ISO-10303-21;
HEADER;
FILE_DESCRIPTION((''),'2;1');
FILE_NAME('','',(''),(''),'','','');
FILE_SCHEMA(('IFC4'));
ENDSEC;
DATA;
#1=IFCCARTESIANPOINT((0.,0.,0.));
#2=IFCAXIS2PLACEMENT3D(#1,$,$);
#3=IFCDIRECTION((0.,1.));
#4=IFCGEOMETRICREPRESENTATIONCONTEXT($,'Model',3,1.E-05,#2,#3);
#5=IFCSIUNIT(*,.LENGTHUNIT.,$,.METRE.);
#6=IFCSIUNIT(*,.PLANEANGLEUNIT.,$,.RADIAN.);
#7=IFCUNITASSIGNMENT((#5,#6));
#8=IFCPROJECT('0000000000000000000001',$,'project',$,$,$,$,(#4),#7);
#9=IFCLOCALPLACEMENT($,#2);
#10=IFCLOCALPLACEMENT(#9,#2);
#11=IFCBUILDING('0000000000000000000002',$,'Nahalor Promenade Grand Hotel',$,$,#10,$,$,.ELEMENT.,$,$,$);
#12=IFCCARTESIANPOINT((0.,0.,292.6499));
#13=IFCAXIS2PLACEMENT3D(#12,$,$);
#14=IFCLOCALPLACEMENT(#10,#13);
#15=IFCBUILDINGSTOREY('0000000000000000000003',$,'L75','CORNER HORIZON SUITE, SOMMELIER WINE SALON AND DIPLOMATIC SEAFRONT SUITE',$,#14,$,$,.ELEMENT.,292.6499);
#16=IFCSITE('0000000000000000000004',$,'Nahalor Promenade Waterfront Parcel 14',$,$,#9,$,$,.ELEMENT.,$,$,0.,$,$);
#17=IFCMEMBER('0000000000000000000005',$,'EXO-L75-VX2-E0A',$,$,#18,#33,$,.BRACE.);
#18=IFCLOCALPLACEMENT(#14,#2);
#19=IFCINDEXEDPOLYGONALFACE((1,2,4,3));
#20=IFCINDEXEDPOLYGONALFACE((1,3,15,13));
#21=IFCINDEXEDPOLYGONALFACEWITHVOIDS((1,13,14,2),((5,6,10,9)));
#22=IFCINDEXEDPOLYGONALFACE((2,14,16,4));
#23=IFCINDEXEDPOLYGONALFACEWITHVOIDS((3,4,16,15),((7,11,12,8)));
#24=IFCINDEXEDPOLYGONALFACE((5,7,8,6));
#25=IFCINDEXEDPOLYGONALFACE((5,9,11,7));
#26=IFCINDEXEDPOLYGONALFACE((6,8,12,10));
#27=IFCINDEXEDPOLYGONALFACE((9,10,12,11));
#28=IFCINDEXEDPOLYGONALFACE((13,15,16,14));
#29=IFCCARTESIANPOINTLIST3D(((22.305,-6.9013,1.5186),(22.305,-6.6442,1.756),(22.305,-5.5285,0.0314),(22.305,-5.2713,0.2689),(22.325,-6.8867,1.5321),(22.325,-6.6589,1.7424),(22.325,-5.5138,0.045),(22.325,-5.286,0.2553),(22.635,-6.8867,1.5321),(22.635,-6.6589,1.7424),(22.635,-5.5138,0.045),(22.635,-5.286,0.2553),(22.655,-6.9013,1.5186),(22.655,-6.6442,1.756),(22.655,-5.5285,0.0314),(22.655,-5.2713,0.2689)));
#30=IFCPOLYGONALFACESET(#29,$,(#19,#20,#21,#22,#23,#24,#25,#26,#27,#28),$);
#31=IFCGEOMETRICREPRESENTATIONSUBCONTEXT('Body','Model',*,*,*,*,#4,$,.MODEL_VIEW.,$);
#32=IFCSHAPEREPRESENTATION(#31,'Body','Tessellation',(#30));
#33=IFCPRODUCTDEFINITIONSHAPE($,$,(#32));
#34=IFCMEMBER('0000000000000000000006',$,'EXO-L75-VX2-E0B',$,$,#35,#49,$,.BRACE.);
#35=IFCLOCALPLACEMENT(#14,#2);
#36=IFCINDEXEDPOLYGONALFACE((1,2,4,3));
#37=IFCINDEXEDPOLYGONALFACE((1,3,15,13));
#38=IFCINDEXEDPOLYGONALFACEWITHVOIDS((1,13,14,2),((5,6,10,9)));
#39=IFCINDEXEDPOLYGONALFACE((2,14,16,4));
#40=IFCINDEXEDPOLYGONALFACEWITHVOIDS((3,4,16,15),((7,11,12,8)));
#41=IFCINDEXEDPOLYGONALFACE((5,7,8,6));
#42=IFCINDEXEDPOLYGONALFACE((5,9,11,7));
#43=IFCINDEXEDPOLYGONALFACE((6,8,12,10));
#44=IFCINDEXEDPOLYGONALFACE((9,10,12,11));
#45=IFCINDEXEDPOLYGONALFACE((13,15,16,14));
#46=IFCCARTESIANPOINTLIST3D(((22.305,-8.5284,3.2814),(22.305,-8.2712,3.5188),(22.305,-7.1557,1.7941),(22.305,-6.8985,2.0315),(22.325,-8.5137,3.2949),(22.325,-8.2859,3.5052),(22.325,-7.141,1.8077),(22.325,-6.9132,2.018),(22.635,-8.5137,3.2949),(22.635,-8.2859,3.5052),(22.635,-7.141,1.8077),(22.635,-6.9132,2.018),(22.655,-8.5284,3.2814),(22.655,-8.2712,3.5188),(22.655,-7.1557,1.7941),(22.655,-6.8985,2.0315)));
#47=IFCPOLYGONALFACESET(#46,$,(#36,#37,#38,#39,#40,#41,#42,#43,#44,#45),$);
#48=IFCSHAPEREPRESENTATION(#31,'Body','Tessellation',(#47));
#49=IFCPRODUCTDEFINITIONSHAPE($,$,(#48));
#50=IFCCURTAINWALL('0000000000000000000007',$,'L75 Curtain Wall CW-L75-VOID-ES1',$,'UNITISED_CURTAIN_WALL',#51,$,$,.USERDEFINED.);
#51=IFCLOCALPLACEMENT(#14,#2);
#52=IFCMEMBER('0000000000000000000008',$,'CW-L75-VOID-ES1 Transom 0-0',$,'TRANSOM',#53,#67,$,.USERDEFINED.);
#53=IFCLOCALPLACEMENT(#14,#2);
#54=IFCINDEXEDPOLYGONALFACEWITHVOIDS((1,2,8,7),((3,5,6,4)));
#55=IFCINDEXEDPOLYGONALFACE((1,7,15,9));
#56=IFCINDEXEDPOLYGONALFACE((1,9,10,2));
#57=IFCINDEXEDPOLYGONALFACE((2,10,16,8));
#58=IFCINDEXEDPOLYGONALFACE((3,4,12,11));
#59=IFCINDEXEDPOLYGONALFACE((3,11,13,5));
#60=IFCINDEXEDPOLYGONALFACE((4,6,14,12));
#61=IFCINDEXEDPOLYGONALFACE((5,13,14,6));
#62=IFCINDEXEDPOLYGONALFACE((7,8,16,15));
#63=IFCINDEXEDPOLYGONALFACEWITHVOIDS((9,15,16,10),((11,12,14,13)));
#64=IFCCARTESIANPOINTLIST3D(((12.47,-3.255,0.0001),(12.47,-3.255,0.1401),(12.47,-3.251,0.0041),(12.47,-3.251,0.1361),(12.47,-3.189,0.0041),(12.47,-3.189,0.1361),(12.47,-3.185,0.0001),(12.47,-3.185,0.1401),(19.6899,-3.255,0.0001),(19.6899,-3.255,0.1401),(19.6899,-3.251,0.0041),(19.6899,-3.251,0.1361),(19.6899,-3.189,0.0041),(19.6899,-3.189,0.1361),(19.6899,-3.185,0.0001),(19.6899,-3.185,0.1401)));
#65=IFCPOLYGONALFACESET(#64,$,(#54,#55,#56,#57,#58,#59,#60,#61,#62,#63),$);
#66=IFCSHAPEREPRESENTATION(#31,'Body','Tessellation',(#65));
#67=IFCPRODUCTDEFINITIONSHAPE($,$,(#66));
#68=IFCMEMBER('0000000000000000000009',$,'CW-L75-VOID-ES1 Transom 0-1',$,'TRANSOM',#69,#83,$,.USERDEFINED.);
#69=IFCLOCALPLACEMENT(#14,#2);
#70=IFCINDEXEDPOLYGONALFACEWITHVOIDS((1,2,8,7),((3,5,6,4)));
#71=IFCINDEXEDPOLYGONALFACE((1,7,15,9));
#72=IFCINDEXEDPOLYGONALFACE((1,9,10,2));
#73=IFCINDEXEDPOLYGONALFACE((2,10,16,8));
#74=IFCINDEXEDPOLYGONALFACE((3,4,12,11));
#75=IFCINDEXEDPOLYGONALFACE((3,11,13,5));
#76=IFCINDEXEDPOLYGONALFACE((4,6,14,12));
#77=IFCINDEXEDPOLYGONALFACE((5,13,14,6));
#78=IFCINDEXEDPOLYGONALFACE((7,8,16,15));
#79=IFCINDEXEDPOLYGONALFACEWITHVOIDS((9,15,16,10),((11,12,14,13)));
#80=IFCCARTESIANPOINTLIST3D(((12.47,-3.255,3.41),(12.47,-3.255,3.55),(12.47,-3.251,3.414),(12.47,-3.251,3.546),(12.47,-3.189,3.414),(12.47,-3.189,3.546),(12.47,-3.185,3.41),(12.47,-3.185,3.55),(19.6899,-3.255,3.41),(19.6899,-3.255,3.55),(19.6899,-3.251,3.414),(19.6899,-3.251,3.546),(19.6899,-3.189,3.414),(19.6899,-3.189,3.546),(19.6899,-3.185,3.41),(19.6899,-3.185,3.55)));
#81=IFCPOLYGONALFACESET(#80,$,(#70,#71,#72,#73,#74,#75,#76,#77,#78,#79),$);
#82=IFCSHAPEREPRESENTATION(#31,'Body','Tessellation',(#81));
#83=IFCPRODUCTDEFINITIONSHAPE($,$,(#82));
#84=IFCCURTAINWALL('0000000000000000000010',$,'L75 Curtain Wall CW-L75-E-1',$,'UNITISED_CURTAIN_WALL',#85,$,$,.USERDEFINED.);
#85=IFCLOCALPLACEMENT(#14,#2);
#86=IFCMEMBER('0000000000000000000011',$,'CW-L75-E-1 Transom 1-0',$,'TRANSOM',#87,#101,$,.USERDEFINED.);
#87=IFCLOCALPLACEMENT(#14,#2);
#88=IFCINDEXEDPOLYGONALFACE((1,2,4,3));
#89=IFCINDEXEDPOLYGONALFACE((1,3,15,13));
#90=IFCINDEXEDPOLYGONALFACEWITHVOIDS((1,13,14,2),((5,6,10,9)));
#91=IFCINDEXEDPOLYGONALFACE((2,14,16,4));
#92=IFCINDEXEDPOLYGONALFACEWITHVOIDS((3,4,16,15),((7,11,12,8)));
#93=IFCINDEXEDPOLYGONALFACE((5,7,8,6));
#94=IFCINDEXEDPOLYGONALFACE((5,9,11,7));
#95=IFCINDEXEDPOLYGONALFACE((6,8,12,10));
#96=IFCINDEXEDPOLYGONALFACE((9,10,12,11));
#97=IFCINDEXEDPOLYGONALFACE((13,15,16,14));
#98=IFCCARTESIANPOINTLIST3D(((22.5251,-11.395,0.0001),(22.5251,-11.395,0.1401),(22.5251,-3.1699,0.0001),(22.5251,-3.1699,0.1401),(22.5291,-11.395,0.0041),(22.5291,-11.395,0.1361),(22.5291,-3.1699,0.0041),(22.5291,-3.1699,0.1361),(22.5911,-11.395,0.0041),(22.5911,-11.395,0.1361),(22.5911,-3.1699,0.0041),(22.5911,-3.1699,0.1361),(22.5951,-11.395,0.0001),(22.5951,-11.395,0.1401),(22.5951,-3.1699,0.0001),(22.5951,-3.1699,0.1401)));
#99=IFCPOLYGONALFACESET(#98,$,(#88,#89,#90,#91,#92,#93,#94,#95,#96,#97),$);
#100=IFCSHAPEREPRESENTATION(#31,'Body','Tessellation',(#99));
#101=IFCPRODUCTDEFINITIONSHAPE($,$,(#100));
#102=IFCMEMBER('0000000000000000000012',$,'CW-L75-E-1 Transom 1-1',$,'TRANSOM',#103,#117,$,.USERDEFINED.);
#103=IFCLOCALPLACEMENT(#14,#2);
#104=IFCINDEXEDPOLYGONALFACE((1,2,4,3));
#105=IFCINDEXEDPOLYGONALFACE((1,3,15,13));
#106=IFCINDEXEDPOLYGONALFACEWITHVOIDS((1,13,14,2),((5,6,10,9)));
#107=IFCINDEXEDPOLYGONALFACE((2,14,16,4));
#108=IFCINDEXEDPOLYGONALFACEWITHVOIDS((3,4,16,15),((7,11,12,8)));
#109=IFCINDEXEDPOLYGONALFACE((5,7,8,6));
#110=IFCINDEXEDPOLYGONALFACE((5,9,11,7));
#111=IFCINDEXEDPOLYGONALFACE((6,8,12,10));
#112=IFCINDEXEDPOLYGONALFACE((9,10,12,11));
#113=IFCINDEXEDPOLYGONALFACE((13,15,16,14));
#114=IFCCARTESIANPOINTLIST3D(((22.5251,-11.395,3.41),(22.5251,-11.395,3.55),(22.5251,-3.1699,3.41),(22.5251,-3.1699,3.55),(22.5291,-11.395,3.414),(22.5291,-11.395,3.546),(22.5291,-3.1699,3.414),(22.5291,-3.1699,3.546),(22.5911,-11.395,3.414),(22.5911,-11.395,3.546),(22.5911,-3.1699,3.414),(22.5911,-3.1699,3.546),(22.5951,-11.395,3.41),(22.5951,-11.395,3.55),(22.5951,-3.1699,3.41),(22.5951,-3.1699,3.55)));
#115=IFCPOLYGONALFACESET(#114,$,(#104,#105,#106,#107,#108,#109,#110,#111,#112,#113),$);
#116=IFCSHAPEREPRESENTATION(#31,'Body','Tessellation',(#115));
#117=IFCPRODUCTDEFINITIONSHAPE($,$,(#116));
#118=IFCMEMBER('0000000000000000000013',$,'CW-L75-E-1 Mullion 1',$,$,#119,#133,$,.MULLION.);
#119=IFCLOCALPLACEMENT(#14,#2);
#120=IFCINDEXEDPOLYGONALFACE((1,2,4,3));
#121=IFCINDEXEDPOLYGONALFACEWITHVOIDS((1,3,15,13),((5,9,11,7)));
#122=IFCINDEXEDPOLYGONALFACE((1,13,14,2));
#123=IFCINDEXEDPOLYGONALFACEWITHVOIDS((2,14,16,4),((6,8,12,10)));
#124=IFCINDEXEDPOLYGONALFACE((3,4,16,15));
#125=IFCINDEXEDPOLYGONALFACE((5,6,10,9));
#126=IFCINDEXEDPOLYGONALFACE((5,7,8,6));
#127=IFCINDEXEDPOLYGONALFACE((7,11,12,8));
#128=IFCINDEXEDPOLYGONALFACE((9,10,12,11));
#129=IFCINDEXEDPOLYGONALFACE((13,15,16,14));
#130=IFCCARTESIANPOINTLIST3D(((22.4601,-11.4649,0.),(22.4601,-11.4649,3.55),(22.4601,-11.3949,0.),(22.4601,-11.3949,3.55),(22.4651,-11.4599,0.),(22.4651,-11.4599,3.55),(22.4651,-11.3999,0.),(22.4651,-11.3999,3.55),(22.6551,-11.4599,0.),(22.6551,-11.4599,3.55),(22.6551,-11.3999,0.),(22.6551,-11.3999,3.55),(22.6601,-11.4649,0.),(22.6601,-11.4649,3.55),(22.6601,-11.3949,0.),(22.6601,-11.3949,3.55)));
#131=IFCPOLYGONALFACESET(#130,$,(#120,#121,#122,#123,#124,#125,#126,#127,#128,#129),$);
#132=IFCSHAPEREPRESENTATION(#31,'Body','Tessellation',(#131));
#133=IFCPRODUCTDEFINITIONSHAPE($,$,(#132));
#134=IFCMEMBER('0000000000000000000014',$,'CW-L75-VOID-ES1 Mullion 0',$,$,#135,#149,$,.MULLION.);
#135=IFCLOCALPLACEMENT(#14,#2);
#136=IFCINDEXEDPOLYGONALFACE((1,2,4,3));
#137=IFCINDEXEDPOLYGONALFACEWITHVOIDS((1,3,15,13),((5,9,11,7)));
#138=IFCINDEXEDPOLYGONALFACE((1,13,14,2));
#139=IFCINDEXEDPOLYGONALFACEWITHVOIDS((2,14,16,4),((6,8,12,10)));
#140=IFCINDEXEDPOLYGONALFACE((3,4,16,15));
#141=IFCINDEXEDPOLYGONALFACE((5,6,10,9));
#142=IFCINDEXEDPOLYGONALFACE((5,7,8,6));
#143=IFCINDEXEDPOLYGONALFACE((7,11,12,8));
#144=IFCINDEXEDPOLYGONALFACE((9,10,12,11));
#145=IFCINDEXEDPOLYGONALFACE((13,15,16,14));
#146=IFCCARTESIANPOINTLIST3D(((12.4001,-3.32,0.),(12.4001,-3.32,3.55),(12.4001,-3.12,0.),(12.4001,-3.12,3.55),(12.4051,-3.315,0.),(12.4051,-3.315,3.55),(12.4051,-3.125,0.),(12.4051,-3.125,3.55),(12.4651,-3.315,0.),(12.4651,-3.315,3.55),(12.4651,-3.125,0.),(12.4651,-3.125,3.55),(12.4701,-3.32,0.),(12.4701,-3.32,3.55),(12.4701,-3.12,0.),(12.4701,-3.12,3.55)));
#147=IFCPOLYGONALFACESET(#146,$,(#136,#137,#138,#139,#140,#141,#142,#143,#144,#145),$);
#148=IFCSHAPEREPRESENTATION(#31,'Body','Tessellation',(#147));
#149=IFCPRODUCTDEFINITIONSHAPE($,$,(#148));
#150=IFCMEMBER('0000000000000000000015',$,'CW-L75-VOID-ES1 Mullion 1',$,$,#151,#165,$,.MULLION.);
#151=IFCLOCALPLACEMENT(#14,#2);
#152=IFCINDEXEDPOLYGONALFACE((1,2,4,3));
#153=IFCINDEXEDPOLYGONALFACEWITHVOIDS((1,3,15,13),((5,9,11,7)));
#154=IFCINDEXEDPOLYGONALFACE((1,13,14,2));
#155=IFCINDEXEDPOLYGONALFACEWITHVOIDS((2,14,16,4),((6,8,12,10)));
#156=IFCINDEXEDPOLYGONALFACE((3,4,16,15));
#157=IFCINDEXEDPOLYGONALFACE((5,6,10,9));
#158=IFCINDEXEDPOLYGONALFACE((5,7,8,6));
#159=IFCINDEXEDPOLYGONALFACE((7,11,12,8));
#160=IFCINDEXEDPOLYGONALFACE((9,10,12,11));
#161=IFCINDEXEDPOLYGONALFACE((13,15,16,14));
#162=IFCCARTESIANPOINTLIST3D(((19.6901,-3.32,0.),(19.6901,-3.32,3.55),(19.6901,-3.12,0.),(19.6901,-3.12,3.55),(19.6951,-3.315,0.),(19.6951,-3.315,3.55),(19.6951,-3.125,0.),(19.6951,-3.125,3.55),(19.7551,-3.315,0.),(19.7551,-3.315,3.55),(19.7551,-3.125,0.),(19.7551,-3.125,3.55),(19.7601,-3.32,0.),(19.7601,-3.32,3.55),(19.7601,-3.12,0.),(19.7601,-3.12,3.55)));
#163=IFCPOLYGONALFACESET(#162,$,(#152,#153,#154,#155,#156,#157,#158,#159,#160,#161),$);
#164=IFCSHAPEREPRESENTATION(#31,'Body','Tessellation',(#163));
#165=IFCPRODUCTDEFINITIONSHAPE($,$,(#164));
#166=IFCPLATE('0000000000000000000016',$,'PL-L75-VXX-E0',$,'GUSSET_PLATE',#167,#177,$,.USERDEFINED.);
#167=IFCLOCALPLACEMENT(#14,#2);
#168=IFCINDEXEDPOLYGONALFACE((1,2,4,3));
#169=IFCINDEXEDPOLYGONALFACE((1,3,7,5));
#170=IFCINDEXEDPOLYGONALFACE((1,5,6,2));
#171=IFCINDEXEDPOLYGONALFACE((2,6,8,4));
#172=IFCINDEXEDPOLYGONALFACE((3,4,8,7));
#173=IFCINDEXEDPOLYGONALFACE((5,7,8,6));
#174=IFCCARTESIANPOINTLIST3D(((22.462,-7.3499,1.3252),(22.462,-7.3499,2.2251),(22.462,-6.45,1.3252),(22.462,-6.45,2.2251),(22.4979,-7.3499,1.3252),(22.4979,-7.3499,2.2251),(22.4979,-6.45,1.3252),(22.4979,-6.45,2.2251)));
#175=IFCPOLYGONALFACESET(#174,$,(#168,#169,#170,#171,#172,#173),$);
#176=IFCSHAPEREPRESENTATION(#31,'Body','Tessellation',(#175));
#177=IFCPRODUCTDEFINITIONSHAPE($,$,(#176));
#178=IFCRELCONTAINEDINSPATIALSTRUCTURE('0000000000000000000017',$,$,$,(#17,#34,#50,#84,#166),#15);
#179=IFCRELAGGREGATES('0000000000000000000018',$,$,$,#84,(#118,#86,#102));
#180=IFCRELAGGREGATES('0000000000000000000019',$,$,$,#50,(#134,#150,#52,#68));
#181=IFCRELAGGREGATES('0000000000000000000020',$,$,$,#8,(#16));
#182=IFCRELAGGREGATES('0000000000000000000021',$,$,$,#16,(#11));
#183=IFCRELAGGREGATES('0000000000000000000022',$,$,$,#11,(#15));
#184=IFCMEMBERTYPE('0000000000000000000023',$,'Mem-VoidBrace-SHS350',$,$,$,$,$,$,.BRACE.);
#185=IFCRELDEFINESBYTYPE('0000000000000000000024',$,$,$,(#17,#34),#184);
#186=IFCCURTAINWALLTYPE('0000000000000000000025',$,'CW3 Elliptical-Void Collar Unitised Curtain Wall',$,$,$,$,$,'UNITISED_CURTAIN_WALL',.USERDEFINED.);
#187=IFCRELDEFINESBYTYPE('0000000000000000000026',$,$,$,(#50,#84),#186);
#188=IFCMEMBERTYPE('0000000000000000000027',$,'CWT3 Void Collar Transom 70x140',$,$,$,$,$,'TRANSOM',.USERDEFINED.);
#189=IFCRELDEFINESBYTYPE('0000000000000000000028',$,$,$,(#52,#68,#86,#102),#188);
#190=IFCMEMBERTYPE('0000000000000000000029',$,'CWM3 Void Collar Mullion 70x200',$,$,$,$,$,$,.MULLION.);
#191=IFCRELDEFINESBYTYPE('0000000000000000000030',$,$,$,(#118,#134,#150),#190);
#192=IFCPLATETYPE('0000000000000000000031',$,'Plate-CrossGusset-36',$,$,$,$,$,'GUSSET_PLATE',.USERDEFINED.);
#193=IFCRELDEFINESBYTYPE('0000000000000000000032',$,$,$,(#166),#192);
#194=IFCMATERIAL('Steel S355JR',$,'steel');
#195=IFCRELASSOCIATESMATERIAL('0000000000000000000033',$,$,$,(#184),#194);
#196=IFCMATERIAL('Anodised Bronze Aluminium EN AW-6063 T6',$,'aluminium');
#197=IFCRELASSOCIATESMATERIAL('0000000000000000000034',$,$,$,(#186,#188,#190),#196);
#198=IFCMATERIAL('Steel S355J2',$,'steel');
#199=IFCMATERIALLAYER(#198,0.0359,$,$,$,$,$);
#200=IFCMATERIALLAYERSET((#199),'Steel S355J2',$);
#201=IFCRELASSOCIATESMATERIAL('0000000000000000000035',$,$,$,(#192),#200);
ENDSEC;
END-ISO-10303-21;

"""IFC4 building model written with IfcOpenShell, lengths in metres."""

from ifc_helpers import new_model, si_unit, direction, frame, origin, origin_2d, place, context, subcontext, project, spatial, rectangle, hollow_rectangle, extrude, source, transform, mapped, material, layer, layer_set, material_profile, profile_set, type_object, element, aggregate, save


model = new_model("IFC4")

# Units and contexts
model_context = context("Model", 3, precision=1e-05, world=origin(), true_north=direction((0.0, 1.0)))
body_context = subcontext(model_context, "Body", "Model", "MODEL_VIEW")
ifc_project = project(units=[si_unit("LENGTHUNIT", "METRE"), si_unit("PLANEANGLEUNIT", "RADIAN")], contexts=[model_context])

# Site, building, storey
site_placement = place(None, origin())
site = spatial("IfcSite", under=ifc_project, at=site_placement, Name="Nahalor Promenade Waterfront Parcel 14", CompositionType="ELEMENT", RefElevation=0.0)
building_placement = place(site_placement, origin())
building = spatial("IfcBuilding", under=site, at=building_placement, Name="Nahalor Promenade Grand Hotel", CompositionType="ELEMENT")
storey_placement = place(building_placement, frame((0.0, 0.0, 292.6499)))
storey = spatial("IfcBuildingStorey", under=building, at=storey_placement, Name="L75", Description="CORNER HORIZON SUITE, SOMMELIER WINE SALON AND DIPLOMATIC SEAFRONT SUITE", CompositionType="ELEMENT", Elevation=292.6499)

# Shared definitions
ifc_material_1 = material(Name="Steel S355JR", Category="steel")

# Members
ifc_material_profile_1 = material_profile(ifc_material_1, hollow_rectangle(XDim=0.35, YDim=0.35, WallThickness=0.02, at=origin_2d()), Name="SHS 350x350x20")
ifc_profile_set_1 = profile_set([ifc_material_profile_1], Name="Steel S355JR")
member_type_1 = type_object("IfcMemberType", Name="Mem-VoidBrace-SHS350", PredefinedType="BRACE", material=ifc_profile_set_1)
shared_shape_1 = source(origin(), body_context, "Body", "SweptSolid", [
    extrude(hollow_rectangle(XDim=0.35, YDim=0.35, WallThickness=0.02, at=origin_2d()), origin(), (0.0, 0.0, 1.0), 2.0239),
])
for number, where, z_axis, x_axis, name in (
    (1, (22.48, -5.3999, 0.1501), (0.0, -0.678315, 0.734771), (1.0, 0.0, 0.0), "EXO-L75-VX2-E0A"),
    (2, (22.48, -7.0271, 1.9128), (0.0, -0.678255, 0.734827), (1.0, 0.0, 0.0), "EXO-L75-VX2-E0B"),
):
    element("IfcMember", number, at=place(storey_placement, frame(where, z_axis=z_axis, x_axis=x_axis)), inside=storey, type_object=member_type_1, Name=name, PredefinedType="BRACE", context=body_context, shape_type="MappedRepresentation", body=[
        mapped(shared_shape_1, transform((0.0, 0.0, 0.0), scale=1.0)),
    ])

# Curtain walls, members
ifc_material_2 = material(Name="Anodised Bronze Aluminium EN AW-6063 T6", Category="aluminium")
curtain_wall_type = type_object("IfcCurtainWallType", Name="CW3 Elliptical-Void Collar Unitised Curtain Wall", ElementType="UNITISED_CURTAIN_WALL", PredefinedType="USERDEFINED", material=ifc_material_2)
curtain_wall_1_placement = place(storey_placement, origin())
curtain_wall_1 = element("IfcCurtainWall", 3, at=curtain_wall_1_placement, inside=storey, type_object=curtain_wall_type, Name="L75 Curtain Wall CW-L75-VOID-ES1", ObjectType="UNITISED_CURTAIN_WALL", PredefinedType="USERDEFINED")
ifc_material_profile_2 = material_profile(ifc_material_2, hollow_rectangle(XDim=0.07, YDim=0.14, WallThickness=0.004, at=origin_2d()), Name="CWT 70x140x4")
ifc_profile_set_2 = profile_set([ifc_material_profile_2], Name="Anodised Bronze Aluminium EN AW-6063 T6")
member_type_2 = type_object("IfcMemberType", Name="CWT3 Void Collar Transom 70x140", ElementType="TRANSOM", PredefinedType="USERDEFINED", material=ifc_profile_set_2)
shared_shape_2 = source(origin(), body_context, "Body", "SweptSolid", [
    extrude(hollow_rectangle(XDim=0.07, YDim=0.14, WallThickness=0.004, at=origin_2d()), origin(), (0.0, 0.0, 1.0), 7.22),
])
member_1_placement = place(storey_placement, frame((12.47, -3.22, 0.0701), z_axis=(1.0, 0.0, 0.0), x_axis=(0.0, 1.0, 0.0)))
member_1 = element("IfcMember", 4, at=member_1_placement, type_object=member_type_2, Name="CW-L75-VOID-ES1 Transom 0-0", ObjectType="TRANSOM", PredefinedType="USERDEFINED", context=body_context, shape_type="MappedRepresentation", body=[
    mapped(shared_shape_2, transform((0.0, 0.0, 0.0), scale=1.0)),
])
member_2_placement = place(storey_placement, frame((12.47, -3.22, 3.48), z_axis=(1.0, 0.0, 0.0), x_axis=(0.0, 1.0, 0.0)))
member_2 = element("IfcMember", 5, at=member_2_placement, type_object=member_type_2, Name="CW-L75-VOID-ES1 Transom 0-1", ObjectType="TRANSOM", PredefinedType="USERDEFINED", context=body_context, shape_type="MappedRepresentation", body=[
    mapped(shared_shape_2, transform((0.0, 0.0, 0.0), scale=1.0)),
])
curtain_wall_2_placement = place(storey_placement, origin())
curtain_wall_2 = element("IfcCurtainWall", 6, at=curtain_wall_2_placement, inside=storey, type_object=curtain_wall_type, Name="L75 Curtain Wall CW-L75-E-1", ObjectType="UNITISED_CURTAIN_WALL", PredefinedType="USERDEFINED")
shared_shape_3 = source(origin(), body_context, "Body", "SweptSolid", [
    extrude(hollow_rectangle(XDim=0.07, YDim=0.14, WallThickness=0.004, at=origin_2d()), origin(), (0.0, 0.0, 1.0), 8.2251),
])
member_3_placement = place(storey_placement, frame((22.5601, -11.395, 0.0701), z_axis=(0.0, 1.0, 0.0), x_axis=(-1.0, 0.0, 0.0)))
member_3 = element("IfcMember", 7, at=member_3_placement, type_object=member_type_2, Name="CW-L75-E-1 Transom 1-0", ObjectType="TRANSOM", PredefinedType="USERDEFINED", context=body_context, shape_type="MappedRepresentation", body=[
    mapped(shared_shape_3, transform((0.0, 0.0, 0.0), scale=1.0)),
])
member_4_placement = place(storey_placement, frame((22.5601, -11.395, 3.48), z_axis=(0.0, 1.0, 0.0), x_axis=(-1.0, 0.0, 0.0)))
member_4 = element("IfcMember", 8, at=member_4_placement, type_object=member_type_2, Name="CW-L75-E-1 Transom 1-1", ObjectType="TRANSOM", PredefinedType="USERDEFINED", context=body_context, shape_type="MappedRepresentation", body=[
    mapped(shared_shape_3, transform((0.0, 0.0, 0.0), scale=1.0)),
])
ifc_material_profile_3 = material_profile(ifc_material_2, hollow_rectangle(XDim=0.07, YDim=0.2, WallThickness=0.005, at=origin_2d()), Name="CWM 70x200x5")
ifc_profile_set_3 = profile_set([ifc_material_profile_3], Name="Anodised Bronze Aluminium EN AW-6063 T6")
member_type_3 = type_object("IfcMemberType", Name="CWM3 Void Collar Mullion 70x200", PredefinedType="MULLION", material=ifc_profile_set_3)
shared_shape_4 = source(origin(), body_context, "Body", "SweptSolid", [
    extrude(hollow_rectangle(XDim=0.07, YDim=0.2, WallThickness=0.005, at=origin_2d()), origin(), (0.0, 0.0, 1.0), 3.55),
])
member_5_placement = place(storey_placement, frame((22.5601, -11.4299, 0.0), z_axis=(0.0, 0.0, 1.0), x_axis=(0.0, 1.0, 0.0)))
member_5 = element("IfcMember", 9, at=member_5_placement, type_object=member_type_3, Name="CW-L75-E-1 Mullion 1", PredefinedType="MULLION", context=body_context, shape_type="MappedRepresentation", body=[
    mapped(shared_shape_4, transform((0.0, 0.0, 0.0), scale=1.0)),
])

# Members
member_6_placement = place(storey_placement, frame((12.4351, -3.22, 0.0), z_axis=(0.0, 0.0, 1.0), x_axis=(1.0, 0.0, 0.0)))
member_6 = element("IfcMember", 10, at=member_6_placement, type_object=member_type_3, Name="CW-L75-VOID-ES1 Mullion 0", PredefinedType="MULLION", context=body_context, shape_type="MappedRepresentation", body=[
    mapped(shared_shape_4, transform((0.0, 0.0, 0.0), scale=1.0)),
])
member_7_placement = place(storey_placement, frame((19.7251, -3.22, 0.0), z_axis=(0.0, 0.0, 1.0), x_axis=(1.0, 0.0, 0.0)))
member_7 = element("IfcMember", 11, at=member_7_placement, type_object=member_type_3, Name="CW-L75-VOID-ES1 Mullion 1", PredefinedType="MULLION", context=body_context, shape_type="MappedRepresentation", body=[
    mapped(shared_shape_4, transform((0.0, 0.0, 0.0), scale=1.0)),
])

# Plate
aggregate(curtain_wall_2, [member_5, member_3, member_4])
ifc_material_3 = material(Name="Steel S355J2", Category="steel")
ifc_layer_1 = layer(ifc_material_3, 0.0359)
ifc_layer_set_1 = layer_set([ifc_layer_1], Name="Steel S355J2")
plate_type_1 = type_object("IfcPlateType", Name="Plate-CrossGusset-36", ElementType="GUSSET_PLATE", PredefinedType="USERDEFINED", material=ifc_layer_set_1)
shared_shape_5 = source(origin(), body_context, "Body", "SweptSolid", [
    extrude(rectangle(XDim=0.8999, YDim=0.0359, at=origin_2d()), origin(), (0.0, 0.0, 1.0), 0.8999),
])
plate_1_placement = place(storey_placement, frame((22.48, -6.8999, 1.3252), z_axis=(0.0, 0.0, 1.0), x_axis=(0.0, 1.0, 0.0)))
element("IfcPlate", 12, at=plate_1_placement, inside=storey, type_object=plate_type_1, Name="PL-L75-VXX-E0", ObjectType="GUSSET_PLATE", PredefinedType="USERDEFINED", context=body_context, shape_type="MappedRepresentation", body=[
    mapped(shared_shape_5, transform((0.0, 0.0, 0.0), scale=1.0)),
])
aggregate(curtain_wall_1, [member_6, member_7, member_1, member_2])

save(model, "model.ifc")
